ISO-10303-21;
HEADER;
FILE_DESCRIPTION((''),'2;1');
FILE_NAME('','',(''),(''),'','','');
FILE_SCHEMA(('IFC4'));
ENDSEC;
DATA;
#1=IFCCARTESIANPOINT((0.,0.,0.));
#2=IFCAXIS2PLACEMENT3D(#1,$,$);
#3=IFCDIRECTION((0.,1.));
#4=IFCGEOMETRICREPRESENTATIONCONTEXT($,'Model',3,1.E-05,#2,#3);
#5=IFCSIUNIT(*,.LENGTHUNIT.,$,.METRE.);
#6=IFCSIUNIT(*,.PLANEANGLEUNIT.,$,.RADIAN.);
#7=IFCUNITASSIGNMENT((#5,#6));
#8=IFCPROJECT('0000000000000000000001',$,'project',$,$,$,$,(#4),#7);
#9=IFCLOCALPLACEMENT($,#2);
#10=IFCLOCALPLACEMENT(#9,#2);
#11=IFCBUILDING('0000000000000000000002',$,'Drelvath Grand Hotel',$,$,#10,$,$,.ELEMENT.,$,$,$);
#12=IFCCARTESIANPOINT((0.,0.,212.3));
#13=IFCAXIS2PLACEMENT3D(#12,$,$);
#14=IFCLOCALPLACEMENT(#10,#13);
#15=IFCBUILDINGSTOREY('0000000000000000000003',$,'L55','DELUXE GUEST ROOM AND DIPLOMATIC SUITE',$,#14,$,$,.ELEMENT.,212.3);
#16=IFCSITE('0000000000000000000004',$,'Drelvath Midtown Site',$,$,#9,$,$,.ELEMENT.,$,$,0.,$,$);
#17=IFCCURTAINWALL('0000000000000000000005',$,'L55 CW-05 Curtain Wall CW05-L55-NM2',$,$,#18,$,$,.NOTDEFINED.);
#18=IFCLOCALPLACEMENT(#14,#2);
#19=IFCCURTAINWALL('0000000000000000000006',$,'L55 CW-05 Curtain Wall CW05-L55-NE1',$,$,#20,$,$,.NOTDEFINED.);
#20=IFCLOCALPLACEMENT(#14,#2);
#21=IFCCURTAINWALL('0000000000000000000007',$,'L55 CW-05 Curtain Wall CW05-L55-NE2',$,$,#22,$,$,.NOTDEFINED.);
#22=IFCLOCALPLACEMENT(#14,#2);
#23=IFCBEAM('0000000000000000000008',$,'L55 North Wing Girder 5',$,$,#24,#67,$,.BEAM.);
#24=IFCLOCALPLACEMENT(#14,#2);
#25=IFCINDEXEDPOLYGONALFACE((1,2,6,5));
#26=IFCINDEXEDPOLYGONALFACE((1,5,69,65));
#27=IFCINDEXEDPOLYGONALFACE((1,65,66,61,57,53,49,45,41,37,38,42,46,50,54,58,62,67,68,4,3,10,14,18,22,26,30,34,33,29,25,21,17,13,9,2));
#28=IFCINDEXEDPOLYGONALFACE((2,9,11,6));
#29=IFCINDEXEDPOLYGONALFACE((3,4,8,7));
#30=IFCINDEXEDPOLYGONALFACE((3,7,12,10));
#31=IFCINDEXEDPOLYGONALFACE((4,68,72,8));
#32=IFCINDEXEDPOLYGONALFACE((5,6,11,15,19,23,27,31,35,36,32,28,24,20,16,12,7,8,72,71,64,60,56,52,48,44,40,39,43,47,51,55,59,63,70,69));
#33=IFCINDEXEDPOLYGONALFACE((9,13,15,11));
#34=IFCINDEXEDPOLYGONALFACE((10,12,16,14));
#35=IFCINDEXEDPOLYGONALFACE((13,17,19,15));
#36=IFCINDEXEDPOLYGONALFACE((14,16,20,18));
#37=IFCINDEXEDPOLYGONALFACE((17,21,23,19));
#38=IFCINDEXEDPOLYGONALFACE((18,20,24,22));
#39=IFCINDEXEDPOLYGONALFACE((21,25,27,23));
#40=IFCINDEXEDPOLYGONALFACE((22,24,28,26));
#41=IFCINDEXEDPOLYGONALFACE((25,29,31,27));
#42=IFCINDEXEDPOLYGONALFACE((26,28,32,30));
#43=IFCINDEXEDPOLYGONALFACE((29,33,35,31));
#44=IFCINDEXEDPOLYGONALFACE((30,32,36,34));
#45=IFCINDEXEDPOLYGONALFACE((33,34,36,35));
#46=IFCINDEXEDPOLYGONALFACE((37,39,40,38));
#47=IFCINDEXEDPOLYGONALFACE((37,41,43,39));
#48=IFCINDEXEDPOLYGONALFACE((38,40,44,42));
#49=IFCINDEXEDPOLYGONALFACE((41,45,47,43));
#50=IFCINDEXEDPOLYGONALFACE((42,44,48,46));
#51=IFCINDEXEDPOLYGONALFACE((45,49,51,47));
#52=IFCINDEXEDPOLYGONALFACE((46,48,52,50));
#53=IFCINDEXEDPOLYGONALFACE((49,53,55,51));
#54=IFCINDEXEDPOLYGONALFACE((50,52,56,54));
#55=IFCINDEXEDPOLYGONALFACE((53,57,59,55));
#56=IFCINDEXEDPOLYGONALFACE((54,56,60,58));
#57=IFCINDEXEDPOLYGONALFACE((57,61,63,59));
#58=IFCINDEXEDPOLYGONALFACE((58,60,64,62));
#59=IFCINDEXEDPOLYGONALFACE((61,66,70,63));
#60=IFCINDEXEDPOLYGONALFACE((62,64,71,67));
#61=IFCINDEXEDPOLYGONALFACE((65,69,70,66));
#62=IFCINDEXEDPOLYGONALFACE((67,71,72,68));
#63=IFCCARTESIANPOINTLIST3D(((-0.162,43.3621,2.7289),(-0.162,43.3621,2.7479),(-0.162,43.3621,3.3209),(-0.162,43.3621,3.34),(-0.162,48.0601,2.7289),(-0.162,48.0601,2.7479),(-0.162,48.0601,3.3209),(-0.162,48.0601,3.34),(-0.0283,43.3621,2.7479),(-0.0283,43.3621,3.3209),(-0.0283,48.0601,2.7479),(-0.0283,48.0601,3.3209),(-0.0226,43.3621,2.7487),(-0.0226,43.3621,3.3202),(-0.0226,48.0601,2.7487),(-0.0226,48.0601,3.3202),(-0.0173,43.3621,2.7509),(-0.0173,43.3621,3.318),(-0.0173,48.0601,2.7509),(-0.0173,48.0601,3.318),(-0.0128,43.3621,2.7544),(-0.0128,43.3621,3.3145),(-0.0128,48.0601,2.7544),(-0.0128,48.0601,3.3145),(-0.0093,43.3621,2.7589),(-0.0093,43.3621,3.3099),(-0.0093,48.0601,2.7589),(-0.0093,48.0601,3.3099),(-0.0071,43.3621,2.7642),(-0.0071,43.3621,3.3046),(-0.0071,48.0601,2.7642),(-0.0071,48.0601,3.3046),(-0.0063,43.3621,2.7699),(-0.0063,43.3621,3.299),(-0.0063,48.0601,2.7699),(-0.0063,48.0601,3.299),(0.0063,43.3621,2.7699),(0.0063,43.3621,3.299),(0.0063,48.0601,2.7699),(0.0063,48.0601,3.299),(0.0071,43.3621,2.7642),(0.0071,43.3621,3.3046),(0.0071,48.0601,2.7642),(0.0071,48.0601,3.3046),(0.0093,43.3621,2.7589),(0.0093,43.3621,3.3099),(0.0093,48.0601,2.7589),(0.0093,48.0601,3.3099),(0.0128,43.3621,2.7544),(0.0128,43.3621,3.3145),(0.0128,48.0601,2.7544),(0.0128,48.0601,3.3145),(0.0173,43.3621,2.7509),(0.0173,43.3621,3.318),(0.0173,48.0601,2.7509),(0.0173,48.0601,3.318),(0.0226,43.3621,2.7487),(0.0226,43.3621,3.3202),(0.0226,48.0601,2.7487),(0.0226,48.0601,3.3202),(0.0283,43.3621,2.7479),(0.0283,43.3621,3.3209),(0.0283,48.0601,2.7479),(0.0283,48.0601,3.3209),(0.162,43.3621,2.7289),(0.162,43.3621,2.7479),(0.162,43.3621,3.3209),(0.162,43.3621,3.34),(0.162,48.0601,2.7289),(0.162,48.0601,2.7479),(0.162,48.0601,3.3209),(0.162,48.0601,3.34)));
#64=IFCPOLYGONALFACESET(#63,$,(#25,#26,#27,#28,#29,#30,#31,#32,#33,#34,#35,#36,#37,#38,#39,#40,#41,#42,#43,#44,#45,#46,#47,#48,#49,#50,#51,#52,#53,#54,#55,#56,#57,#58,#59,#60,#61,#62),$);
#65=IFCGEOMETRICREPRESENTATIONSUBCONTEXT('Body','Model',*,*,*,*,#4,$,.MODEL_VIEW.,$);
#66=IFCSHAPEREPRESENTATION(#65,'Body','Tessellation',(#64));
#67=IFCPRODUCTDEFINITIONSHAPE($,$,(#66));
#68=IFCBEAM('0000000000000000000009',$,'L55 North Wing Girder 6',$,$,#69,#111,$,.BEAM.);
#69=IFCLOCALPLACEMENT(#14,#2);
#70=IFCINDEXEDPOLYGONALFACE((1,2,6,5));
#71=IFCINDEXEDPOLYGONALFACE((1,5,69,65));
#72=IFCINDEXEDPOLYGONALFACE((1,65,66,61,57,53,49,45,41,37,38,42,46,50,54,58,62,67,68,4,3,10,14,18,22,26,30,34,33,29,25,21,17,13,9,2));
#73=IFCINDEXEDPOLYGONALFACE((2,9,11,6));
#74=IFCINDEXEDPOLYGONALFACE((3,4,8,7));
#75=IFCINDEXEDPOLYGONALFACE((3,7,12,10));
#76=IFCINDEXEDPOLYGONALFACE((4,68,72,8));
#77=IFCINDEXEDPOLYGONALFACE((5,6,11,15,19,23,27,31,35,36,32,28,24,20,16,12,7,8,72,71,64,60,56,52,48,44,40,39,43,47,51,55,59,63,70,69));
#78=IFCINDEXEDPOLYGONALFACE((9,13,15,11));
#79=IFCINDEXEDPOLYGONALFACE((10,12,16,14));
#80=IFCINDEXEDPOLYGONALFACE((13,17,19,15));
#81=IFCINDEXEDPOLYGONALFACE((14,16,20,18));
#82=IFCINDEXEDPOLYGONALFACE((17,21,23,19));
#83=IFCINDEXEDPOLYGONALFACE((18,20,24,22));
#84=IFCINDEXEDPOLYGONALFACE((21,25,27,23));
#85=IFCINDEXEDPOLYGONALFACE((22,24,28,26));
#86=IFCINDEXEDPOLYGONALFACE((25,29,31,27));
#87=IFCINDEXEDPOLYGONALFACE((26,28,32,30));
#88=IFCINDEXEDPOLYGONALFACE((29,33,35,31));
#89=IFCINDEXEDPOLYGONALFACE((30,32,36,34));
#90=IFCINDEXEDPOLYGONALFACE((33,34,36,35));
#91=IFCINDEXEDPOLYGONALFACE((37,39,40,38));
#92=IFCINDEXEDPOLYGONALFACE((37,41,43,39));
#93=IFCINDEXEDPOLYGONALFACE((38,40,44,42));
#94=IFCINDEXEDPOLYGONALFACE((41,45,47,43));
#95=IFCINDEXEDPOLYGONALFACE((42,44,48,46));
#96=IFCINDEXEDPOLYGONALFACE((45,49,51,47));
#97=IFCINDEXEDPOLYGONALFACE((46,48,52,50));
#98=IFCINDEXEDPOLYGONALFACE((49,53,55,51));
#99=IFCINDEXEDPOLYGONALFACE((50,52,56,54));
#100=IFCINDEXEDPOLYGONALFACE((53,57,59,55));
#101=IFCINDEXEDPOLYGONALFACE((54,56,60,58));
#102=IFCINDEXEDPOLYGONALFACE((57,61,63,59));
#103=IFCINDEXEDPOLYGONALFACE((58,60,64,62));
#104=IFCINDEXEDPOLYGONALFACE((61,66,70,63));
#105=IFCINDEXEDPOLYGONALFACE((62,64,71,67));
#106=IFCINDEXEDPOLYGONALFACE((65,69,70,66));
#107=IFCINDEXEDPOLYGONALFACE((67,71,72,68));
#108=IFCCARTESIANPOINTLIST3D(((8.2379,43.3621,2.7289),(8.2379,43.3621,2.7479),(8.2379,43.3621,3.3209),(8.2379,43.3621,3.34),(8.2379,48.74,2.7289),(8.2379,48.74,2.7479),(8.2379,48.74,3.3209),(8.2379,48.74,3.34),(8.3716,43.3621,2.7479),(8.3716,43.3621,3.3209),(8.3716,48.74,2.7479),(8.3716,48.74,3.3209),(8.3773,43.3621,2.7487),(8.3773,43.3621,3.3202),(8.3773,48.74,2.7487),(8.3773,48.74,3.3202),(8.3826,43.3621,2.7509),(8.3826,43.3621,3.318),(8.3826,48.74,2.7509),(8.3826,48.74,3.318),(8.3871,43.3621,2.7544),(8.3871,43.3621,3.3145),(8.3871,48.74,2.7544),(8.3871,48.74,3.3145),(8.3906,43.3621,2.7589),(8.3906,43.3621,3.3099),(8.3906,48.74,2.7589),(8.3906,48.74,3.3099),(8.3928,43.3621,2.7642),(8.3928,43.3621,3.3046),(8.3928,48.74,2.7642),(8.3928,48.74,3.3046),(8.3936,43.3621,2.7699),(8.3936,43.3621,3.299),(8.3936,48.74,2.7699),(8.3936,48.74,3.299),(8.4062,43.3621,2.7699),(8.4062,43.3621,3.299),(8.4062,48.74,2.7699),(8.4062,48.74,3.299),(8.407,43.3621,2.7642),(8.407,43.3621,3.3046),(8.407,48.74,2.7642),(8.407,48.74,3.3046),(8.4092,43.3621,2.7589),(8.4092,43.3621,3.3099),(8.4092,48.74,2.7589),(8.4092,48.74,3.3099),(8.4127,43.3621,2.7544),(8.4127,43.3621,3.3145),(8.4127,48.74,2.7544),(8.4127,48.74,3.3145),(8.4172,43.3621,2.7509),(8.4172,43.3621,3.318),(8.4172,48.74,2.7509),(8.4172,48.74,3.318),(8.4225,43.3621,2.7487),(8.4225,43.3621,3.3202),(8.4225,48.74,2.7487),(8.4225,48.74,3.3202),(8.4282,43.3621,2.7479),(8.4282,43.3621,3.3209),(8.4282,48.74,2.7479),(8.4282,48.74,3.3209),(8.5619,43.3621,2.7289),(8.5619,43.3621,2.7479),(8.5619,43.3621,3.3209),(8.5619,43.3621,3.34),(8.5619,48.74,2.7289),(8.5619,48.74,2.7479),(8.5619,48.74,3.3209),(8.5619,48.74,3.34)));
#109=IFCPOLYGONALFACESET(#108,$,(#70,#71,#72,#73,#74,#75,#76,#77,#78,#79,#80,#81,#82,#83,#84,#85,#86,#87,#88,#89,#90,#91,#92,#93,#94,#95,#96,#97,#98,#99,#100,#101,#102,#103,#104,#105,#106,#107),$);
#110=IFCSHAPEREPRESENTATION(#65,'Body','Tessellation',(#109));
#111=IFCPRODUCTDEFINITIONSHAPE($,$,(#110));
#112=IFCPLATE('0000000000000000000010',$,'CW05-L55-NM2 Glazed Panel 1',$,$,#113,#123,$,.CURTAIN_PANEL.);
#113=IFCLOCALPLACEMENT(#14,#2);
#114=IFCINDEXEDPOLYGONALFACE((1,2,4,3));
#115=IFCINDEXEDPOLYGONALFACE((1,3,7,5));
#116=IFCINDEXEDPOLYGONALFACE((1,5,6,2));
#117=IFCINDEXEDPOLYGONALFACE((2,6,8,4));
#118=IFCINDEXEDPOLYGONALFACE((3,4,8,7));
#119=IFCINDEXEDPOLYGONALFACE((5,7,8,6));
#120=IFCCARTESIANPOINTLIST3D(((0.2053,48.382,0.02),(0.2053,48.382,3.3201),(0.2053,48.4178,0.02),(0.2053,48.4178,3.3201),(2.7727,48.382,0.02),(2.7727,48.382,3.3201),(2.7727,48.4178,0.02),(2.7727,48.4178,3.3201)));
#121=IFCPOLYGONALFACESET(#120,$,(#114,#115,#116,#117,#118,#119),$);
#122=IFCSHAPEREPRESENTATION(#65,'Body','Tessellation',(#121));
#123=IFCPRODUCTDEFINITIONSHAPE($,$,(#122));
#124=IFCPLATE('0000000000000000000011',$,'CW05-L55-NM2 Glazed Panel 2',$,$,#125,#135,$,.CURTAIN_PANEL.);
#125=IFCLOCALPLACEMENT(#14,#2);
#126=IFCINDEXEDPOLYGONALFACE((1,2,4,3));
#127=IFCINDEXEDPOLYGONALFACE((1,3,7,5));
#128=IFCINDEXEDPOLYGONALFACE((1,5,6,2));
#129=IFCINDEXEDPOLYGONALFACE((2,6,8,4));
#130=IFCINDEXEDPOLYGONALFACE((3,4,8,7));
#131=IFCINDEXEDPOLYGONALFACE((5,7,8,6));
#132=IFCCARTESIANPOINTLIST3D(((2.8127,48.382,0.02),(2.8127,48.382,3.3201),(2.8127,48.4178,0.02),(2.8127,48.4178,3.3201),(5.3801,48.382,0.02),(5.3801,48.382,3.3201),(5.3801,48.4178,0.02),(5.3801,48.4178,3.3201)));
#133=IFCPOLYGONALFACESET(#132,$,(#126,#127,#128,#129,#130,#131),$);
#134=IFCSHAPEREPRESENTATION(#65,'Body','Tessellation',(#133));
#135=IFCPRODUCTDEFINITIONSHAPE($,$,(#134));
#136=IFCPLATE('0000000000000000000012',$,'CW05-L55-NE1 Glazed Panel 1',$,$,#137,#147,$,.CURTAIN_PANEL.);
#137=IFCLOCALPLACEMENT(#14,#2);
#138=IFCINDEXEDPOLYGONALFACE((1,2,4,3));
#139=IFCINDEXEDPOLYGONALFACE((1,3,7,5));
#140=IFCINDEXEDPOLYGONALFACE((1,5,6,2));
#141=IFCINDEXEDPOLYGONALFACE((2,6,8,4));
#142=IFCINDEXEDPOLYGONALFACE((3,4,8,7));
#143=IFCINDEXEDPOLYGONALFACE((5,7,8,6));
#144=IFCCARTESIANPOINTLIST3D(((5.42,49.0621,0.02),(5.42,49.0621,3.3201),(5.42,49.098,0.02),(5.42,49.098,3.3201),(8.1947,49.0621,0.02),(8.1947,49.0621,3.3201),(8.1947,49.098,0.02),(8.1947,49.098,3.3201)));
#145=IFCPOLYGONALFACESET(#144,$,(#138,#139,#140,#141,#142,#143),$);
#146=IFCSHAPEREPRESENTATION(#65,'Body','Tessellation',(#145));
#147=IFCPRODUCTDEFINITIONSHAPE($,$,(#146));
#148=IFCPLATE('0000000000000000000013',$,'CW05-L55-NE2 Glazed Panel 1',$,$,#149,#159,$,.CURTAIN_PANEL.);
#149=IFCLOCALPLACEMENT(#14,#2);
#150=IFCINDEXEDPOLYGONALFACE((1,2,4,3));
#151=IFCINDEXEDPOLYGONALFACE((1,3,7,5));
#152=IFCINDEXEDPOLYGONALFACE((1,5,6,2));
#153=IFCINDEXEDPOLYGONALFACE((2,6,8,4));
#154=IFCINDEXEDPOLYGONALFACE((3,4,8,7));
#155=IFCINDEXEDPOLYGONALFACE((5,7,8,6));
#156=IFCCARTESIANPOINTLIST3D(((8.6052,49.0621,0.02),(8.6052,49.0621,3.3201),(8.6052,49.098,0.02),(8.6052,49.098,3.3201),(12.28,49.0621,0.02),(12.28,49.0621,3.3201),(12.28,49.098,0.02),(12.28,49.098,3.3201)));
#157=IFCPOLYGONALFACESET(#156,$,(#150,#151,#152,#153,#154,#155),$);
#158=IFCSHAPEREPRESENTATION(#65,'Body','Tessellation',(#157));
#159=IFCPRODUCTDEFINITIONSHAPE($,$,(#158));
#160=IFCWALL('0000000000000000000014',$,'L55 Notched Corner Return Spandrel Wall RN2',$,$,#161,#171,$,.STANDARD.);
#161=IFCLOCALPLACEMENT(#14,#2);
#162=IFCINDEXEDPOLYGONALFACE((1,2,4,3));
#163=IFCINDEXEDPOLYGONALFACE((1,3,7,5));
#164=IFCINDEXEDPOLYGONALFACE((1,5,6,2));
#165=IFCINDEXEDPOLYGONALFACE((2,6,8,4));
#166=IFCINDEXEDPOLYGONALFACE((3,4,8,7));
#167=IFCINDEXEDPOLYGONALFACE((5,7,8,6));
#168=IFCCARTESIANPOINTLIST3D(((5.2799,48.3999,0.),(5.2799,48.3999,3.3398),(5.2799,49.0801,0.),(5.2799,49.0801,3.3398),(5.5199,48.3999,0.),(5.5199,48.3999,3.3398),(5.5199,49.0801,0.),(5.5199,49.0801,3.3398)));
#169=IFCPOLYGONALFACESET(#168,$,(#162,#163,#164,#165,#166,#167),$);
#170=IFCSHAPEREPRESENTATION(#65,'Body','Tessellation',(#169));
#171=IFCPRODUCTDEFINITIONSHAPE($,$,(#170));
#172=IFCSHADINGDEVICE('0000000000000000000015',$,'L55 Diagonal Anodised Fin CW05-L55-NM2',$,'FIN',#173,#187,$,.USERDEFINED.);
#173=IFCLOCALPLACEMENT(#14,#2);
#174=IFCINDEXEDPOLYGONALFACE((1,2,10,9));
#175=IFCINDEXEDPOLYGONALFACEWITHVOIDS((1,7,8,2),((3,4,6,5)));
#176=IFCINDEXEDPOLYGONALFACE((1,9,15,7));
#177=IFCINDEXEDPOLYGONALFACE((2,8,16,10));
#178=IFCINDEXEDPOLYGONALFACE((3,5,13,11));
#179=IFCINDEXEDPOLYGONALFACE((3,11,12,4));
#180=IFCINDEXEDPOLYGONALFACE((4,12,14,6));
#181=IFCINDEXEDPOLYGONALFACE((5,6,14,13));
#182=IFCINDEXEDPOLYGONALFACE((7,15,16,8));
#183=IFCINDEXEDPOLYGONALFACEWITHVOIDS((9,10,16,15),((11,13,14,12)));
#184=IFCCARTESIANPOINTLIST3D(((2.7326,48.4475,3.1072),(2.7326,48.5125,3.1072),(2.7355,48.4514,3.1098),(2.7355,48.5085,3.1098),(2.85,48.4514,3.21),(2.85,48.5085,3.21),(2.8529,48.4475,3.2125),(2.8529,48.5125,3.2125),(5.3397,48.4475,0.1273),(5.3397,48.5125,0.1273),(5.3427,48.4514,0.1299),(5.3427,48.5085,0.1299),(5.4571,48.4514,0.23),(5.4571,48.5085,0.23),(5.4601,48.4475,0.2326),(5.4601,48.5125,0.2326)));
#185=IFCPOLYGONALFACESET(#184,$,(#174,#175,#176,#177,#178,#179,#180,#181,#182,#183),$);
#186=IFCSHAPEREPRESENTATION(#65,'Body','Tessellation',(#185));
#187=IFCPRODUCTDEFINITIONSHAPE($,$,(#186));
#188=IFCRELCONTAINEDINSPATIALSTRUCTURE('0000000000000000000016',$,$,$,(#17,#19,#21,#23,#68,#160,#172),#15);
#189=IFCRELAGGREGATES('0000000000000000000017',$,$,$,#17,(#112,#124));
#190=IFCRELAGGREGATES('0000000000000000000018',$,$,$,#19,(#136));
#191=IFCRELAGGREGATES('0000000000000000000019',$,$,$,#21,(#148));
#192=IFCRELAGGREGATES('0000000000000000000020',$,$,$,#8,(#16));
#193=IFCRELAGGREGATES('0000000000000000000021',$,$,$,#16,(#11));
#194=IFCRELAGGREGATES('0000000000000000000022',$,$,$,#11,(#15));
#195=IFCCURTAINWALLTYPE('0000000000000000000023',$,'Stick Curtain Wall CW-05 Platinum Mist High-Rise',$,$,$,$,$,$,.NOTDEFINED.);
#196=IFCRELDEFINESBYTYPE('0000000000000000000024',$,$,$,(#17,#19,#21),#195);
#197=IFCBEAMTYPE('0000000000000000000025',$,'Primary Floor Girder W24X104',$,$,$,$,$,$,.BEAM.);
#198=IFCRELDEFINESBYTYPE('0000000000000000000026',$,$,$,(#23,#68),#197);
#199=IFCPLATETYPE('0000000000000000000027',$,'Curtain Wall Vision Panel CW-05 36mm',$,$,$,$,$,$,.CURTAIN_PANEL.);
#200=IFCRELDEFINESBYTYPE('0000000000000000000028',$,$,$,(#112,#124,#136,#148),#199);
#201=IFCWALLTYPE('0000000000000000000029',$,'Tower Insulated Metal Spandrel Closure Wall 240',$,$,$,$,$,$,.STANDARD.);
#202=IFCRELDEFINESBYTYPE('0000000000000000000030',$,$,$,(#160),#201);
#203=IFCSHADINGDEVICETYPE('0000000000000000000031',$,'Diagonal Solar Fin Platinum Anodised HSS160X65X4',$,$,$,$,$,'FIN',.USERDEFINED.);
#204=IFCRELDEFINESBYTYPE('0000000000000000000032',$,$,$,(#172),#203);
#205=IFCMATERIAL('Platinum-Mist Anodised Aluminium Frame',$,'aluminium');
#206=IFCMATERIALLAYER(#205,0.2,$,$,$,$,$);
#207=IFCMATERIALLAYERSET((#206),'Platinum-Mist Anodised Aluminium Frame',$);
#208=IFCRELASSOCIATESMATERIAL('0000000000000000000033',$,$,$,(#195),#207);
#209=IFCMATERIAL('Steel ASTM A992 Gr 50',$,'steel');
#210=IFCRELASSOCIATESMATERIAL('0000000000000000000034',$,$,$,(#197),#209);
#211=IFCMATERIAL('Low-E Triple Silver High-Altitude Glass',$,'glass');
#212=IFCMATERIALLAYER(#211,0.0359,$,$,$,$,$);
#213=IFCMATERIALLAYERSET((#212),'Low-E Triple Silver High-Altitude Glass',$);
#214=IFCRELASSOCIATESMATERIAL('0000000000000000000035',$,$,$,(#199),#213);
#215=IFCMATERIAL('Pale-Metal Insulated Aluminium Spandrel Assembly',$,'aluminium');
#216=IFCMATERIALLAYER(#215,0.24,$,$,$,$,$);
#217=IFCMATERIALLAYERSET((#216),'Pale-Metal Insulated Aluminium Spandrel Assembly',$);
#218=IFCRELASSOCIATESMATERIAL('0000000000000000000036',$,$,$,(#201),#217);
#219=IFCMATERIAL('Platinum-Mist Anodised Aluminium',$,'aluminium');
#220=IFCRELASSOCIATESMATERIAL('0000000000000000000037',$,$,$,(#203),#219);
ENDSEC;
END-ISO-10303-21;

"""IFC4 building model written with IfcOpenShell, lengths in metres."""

from ifc_helpers import new_model, si_unit, direction, frame, frame_2d, origin, origin_2d, place, context, subcontext, project, spatial, rectangle, hollow_rectangle, i_section, extrude, material, layer, layer_set, material_profile, profile_set, type_object, element, aggregate, save


model = new_model("IFC4")

# Units and contexts
model_context = context("Model", 3, precision=1e-05, world=origin(), true_north=direction((0.0, 1.0)))
body_context = subcontext(model_context, "Body", "Model", "MODEL_VIEW")
ifc_project = project(units=[si_unit("LENGTHUNIT", "METRE"), si_unit("PLANEANGLEUNIT", "RADIAN")], contexts=[model_context])

# Site, building, storey
site_placement = place(None, origin())
site = spatial("IfcSite", under=ifc_project, at=site_placement, Name="Drelvath Midtown Site", CompositionType="ELEMENT", RefElevation=0.0)
building_placement = place(site_placement, origin())
building = spatial("IfcBuilding", under=site, at=building_placement, Name="Drelvath Grand Hotel", CompositionType="ELEMENT")
storey_placement = place(building_placement, frame((0.0, 0.0, 212.3)))
storey = spatial("IfcBuildingStorey", under=building, at=storey_placement, Name="L55", Description="DELUXE GUEST ROOM AND DIPLOMATIC SUITE", CompositionType="ELEMENT", Elevation=212.3)

# Curtain walls
ifc_material_1 = material(Name="Platinum-Mist Anodised Aluminium Frame", Category="aluminium")
ifc_layer_1 = layer(ifc_material_1, 0.2)
ifc_layer_set_1 = layer_set([ifc_layer_1], Name="Platinum-Mist Anodised Aluminium Frame")
curtain_wall_type = type_object("IfcCurtainWallType", Name="Stick Curtain Wall CW-05 Platinum Mist High-Rise", PredefinedType="NOTDEFINED", material=ifc_layer_set_1)
curtain_wall_1_placement = place(storey_placement, origin())
curtain_wall_1 = element("IfcCurtainWall", 1, at=curtain_wall_1_placement, inside=storey, type_object=curtain_wall_type, Name="L55 CW-05 Curtain Wall CW05-L55-NM2", PredefinedType="NOTDEFINED")
curtain_wall_2_placement = place(storey_placement, origin())
curtain_wall_2 = element("IfcCurtainWall", 2, at=curtain_wall_2_placement, inside=storey, type_object=curtain_wall_type, Name="L55 CW-05 Curtain Wall CW05-L55-NE1", PredefinedType="NOTDEFINED")
curtain_wall_3_placement = place(storey_placement, origin())
curtain_wall_3 = element("IfcCurtainWall", 3, at=curtain_wall_3_placement, inside=storey, type_object=curtain_wall_type, Name="L55 CW-05 Curtain Wall CW05-L55-NE2", PredefinedType="NOTDEFINED")

# Beams
ifc_material_2 = material(Name="Steel ASTM A992 Gr 50", Category="steel")
ifc_material_profile_1 = material_profile(ifc_material_2, i_section(OverallWidth=0.324, OverallDepth=0.6111, WebThickness=0.0127, FlangeThickness=0.019, FilletRadius=0.022, at=origin_2d()), Name="W24X104")
ifc_profile_set_1 = profile_set([ifc_material_profile_1], Name="Steel ASTM A992 Gr 50")
beam_type_1 = type_object("IfcBeamType", Name="Primary Floor Girder W24X104", PredefinedType="BEAM", material=ifc_profile_set_1)
beam_1_placement = place(storey_placement, frame((0.0, 43.3621, 3.0344), z_axis=(0.0, 1.0, 0.0), x_axis=(-1.0, 0.0, 0.0)))
element("IfcBeam", 4, at=beam_1_placement, inside=storey, type_object=beam_type_1, Name="L55 North Wing Girder 5", PredefinedType="BEAM", context=body_context, shape_type="SweptSolid", body=[
    extrude(i_section(OverallWidth=0.324, OverallDepth=0.6111, WebThickness=0.0127, FlangeThickness=0.019, FilletRadius=0.022, at=origin_2d()), origin(), (0.0, 0.0, 1.0), 4.698),
])
beam_2_placement = place(storey_placement, frame((8.3999, 43.3621, 3.0344), z_axis=(0.0, 1.0, 0.0), x_axis=(-1.0, 0.0, 0.0)))
element("IfcBeam", 5, at=beam_2_placement, inside=storey, type_object=beam_type_1, Name="L55 North Wing Girder 6", PredefinedType="BEAM", context=body_context, shape_type="SweptSolid", body=[
    extrude(i_section(OverallWidth=0.324, OverallDepth=0.6111, WebThickness=0.0127, FlangeThickness=0.019, FilletRadius=0.022, at=origin_2d()), origin(), (0.0, 0.0, 1.0), 5.3779),
])

# Plates
ifc_material_3 = material(Name="Low-E Triple Silver High-Altitude Glass", Category="glass")
ifc_layer_2 = layer(ifc_material_3, 0.0359)
ifc_layer_set_2 = layer_set([ifc_layer_2], Name="Low-E Triple Silver High-Altitude Glass")
plate_type = type_object("IfcPlateType", Name="Curtain Wall Vision Panel CW-05 36mm", PredefinedType="CURTAIN_PANEL", material=ifc_layer_set_2)
plate_1_placement = place(storey_placement, frame((1.489, 48.3999, 0.02), z_axis=(0.0, 0.0, 1.0), x_axis=(1.0, 0.0, 0.0)))
plate_1 = element("IfcPlate", 6, at=plate_1_placement, type_object=plate_type, Name="CW05-L55-NM2 Glazed Panel 1", PredefinedType="CURTAIN_PANEL", context=body_context, shape_type="SweptSolid", body=[
    extrude(rectangle(XDim=2.5674, YDim=0.0359, at=origin_2d()), origin(), (0.0, 0.0, 1.0), 3.3),
])
plate_2_placement = place(storey_placement, frame((4.0964, 48.3999, 0.02), z_axis=(0.0, 0.0, 1.0), x_axis=(1.0, 0.0, 0.0)))
plate_2 = element("IfcPlate", 7, at=plate_2_placement, type_object=plate_type, Name="CW05-L55-NM2 Glazed Panel 2", PredefinedType="CURTAIN_PANEL", context=body_context, shape_type="SweptSolid", body=[
    extrude(rectangle(XDim=2.5674, YDim=0.0359, at=origin_2d()), origin(), (0.0, 0.0, 1.0), 3.3),
])
aggregate(curtain_wall_1, [plate_1, plate_2])
plate_3_placement = place(storey_placement, frame((6.8074, 49.0801, 0.02), z_axis=(0.0, 0.0, 1.0), x_axis=(1.0, 0.0, 0.0)))
plate_3 = element("IfcPlate", 8, at=plate_3_placement, type_object=plate_type, Name="CW05-L55-NE1 Glazed Panel 1", PredefinedType="CURTAIN_PANEL", context=body_context, shape_type="SweptSolid", body=[
    extrude(rectangle(XDim=2.7747, YDim=0.0359, at=origin_2d()), origin(), (0.0, 0.0, 1.0), 3.3),
])
aggregate(curtain_wall_2, [plate_3])
plate_4_placement = place(storey_placement, frame((10.4426, 49.0801, 0.02), z_axis=(0.0, 0.0, 1.0), x_axis=(1.0, 0.0, 0.0)))
plate_4 = element("IfcPlate", 9, at=plate_4_placement, type_object=plate_type, Name="CW05-L55-NE2 Glazed Panel 1", PredefinedType="CURTAIN_PANEL", context=body_context, shape_type="SweptSolid", body=[
    extrude(rectangle(XDim=3.6748, YDim=0.0359, at=origin_2d()), origin(), (0.0, 0.0, 1.0), 3.3),
])
aggregate(curtain_wall_3, [plate_4])

# Wall
ifc_material_4 = material(Name="Pale-Metal Insulated Aluminium Spandrel Assembly", Category="aluminium")
ifc_layer_3 = layer(ifc_material_4, 0.24)
ifc_layer_set_3 = layer_set([ifc_layer_3], Name="Pale-Metal Insulated Aluminium Spandrel Assembly")
wall_type = type_object("IfcWallType", Name="Tower Insulated Metal Spandrel Closure Wall 240", PredefinedType="STANDARD", material=ifc_layer_set_3)
wall_placement = place(storey_placement, frame((5.3999, 48.3999, 0.0), z_axis=(0.0, 0.0, 1.0), x_axis=(0.0, 1.0, 0.0)))
element("IfcWall", 10, at=wall_placement, inside=storey, type_object=wall_type, Name="L55 Notched Corner Return Spandrel Wall RN2", PredefinedType="STANDARD", context=body_context, shape_type="SweptSolid", body=[
    extrude(rectangle(XDim=0.6802, YDim=0.24, at=frame_2d((0.3401, 0.0))), origin(), (0.0, 0.0, 1.0), 3.3398),
])

# Shading device
ifc_material_5 = material(Name="Platinum-Mist Anodised Aluminium", Category="aluminium")
ifc_material_profile_2 = material_profile(ifc_material_5, hollow_rectangle(XDim=0.0649, YDim=0.1599, WallThickness=0.0039, at=origin_2d()), Name="HSS160X65X4")
ifc_profile_set_2 = profile_set([ifc_material_profile_2], Name="Platinum-Mist Anodised Aluminium")
shading_device_type = type_object("IfcShadingDeviceType", Name="Diagonal Solar Fin Platinum Anodised HSS160X65X4", ElementType="FIN", PredefinedType="USERDEFINED", material=ifc_profile_set_2)
shading_device_placement = place(storey_placement, frame((5.3999, 48.48, 0.1799), z_axis=(-0.658461, 0.0, 0.752615), x_axis=(0.0, -1.0, 0.0)))
element("IfcShadingDevice", 11, at=shading_device_placement, inside=storey, type_object=shading_device_type, Name="L55 Diagonal Anodised Fin CW05-L55-NM2", ObjectType="FIN", PredefinedType="USERDEFINED", context=body_context, shape_type="SweptSolid", body=[
    extrude(hollow_rectangle(XDim=0.0649, YDim=0.1599, WallThickness=0.0039, at=origin_2d()), origin(), (0.0, 0.0, 1.0), 3.9595),
])

save(model, "model.ifc")
